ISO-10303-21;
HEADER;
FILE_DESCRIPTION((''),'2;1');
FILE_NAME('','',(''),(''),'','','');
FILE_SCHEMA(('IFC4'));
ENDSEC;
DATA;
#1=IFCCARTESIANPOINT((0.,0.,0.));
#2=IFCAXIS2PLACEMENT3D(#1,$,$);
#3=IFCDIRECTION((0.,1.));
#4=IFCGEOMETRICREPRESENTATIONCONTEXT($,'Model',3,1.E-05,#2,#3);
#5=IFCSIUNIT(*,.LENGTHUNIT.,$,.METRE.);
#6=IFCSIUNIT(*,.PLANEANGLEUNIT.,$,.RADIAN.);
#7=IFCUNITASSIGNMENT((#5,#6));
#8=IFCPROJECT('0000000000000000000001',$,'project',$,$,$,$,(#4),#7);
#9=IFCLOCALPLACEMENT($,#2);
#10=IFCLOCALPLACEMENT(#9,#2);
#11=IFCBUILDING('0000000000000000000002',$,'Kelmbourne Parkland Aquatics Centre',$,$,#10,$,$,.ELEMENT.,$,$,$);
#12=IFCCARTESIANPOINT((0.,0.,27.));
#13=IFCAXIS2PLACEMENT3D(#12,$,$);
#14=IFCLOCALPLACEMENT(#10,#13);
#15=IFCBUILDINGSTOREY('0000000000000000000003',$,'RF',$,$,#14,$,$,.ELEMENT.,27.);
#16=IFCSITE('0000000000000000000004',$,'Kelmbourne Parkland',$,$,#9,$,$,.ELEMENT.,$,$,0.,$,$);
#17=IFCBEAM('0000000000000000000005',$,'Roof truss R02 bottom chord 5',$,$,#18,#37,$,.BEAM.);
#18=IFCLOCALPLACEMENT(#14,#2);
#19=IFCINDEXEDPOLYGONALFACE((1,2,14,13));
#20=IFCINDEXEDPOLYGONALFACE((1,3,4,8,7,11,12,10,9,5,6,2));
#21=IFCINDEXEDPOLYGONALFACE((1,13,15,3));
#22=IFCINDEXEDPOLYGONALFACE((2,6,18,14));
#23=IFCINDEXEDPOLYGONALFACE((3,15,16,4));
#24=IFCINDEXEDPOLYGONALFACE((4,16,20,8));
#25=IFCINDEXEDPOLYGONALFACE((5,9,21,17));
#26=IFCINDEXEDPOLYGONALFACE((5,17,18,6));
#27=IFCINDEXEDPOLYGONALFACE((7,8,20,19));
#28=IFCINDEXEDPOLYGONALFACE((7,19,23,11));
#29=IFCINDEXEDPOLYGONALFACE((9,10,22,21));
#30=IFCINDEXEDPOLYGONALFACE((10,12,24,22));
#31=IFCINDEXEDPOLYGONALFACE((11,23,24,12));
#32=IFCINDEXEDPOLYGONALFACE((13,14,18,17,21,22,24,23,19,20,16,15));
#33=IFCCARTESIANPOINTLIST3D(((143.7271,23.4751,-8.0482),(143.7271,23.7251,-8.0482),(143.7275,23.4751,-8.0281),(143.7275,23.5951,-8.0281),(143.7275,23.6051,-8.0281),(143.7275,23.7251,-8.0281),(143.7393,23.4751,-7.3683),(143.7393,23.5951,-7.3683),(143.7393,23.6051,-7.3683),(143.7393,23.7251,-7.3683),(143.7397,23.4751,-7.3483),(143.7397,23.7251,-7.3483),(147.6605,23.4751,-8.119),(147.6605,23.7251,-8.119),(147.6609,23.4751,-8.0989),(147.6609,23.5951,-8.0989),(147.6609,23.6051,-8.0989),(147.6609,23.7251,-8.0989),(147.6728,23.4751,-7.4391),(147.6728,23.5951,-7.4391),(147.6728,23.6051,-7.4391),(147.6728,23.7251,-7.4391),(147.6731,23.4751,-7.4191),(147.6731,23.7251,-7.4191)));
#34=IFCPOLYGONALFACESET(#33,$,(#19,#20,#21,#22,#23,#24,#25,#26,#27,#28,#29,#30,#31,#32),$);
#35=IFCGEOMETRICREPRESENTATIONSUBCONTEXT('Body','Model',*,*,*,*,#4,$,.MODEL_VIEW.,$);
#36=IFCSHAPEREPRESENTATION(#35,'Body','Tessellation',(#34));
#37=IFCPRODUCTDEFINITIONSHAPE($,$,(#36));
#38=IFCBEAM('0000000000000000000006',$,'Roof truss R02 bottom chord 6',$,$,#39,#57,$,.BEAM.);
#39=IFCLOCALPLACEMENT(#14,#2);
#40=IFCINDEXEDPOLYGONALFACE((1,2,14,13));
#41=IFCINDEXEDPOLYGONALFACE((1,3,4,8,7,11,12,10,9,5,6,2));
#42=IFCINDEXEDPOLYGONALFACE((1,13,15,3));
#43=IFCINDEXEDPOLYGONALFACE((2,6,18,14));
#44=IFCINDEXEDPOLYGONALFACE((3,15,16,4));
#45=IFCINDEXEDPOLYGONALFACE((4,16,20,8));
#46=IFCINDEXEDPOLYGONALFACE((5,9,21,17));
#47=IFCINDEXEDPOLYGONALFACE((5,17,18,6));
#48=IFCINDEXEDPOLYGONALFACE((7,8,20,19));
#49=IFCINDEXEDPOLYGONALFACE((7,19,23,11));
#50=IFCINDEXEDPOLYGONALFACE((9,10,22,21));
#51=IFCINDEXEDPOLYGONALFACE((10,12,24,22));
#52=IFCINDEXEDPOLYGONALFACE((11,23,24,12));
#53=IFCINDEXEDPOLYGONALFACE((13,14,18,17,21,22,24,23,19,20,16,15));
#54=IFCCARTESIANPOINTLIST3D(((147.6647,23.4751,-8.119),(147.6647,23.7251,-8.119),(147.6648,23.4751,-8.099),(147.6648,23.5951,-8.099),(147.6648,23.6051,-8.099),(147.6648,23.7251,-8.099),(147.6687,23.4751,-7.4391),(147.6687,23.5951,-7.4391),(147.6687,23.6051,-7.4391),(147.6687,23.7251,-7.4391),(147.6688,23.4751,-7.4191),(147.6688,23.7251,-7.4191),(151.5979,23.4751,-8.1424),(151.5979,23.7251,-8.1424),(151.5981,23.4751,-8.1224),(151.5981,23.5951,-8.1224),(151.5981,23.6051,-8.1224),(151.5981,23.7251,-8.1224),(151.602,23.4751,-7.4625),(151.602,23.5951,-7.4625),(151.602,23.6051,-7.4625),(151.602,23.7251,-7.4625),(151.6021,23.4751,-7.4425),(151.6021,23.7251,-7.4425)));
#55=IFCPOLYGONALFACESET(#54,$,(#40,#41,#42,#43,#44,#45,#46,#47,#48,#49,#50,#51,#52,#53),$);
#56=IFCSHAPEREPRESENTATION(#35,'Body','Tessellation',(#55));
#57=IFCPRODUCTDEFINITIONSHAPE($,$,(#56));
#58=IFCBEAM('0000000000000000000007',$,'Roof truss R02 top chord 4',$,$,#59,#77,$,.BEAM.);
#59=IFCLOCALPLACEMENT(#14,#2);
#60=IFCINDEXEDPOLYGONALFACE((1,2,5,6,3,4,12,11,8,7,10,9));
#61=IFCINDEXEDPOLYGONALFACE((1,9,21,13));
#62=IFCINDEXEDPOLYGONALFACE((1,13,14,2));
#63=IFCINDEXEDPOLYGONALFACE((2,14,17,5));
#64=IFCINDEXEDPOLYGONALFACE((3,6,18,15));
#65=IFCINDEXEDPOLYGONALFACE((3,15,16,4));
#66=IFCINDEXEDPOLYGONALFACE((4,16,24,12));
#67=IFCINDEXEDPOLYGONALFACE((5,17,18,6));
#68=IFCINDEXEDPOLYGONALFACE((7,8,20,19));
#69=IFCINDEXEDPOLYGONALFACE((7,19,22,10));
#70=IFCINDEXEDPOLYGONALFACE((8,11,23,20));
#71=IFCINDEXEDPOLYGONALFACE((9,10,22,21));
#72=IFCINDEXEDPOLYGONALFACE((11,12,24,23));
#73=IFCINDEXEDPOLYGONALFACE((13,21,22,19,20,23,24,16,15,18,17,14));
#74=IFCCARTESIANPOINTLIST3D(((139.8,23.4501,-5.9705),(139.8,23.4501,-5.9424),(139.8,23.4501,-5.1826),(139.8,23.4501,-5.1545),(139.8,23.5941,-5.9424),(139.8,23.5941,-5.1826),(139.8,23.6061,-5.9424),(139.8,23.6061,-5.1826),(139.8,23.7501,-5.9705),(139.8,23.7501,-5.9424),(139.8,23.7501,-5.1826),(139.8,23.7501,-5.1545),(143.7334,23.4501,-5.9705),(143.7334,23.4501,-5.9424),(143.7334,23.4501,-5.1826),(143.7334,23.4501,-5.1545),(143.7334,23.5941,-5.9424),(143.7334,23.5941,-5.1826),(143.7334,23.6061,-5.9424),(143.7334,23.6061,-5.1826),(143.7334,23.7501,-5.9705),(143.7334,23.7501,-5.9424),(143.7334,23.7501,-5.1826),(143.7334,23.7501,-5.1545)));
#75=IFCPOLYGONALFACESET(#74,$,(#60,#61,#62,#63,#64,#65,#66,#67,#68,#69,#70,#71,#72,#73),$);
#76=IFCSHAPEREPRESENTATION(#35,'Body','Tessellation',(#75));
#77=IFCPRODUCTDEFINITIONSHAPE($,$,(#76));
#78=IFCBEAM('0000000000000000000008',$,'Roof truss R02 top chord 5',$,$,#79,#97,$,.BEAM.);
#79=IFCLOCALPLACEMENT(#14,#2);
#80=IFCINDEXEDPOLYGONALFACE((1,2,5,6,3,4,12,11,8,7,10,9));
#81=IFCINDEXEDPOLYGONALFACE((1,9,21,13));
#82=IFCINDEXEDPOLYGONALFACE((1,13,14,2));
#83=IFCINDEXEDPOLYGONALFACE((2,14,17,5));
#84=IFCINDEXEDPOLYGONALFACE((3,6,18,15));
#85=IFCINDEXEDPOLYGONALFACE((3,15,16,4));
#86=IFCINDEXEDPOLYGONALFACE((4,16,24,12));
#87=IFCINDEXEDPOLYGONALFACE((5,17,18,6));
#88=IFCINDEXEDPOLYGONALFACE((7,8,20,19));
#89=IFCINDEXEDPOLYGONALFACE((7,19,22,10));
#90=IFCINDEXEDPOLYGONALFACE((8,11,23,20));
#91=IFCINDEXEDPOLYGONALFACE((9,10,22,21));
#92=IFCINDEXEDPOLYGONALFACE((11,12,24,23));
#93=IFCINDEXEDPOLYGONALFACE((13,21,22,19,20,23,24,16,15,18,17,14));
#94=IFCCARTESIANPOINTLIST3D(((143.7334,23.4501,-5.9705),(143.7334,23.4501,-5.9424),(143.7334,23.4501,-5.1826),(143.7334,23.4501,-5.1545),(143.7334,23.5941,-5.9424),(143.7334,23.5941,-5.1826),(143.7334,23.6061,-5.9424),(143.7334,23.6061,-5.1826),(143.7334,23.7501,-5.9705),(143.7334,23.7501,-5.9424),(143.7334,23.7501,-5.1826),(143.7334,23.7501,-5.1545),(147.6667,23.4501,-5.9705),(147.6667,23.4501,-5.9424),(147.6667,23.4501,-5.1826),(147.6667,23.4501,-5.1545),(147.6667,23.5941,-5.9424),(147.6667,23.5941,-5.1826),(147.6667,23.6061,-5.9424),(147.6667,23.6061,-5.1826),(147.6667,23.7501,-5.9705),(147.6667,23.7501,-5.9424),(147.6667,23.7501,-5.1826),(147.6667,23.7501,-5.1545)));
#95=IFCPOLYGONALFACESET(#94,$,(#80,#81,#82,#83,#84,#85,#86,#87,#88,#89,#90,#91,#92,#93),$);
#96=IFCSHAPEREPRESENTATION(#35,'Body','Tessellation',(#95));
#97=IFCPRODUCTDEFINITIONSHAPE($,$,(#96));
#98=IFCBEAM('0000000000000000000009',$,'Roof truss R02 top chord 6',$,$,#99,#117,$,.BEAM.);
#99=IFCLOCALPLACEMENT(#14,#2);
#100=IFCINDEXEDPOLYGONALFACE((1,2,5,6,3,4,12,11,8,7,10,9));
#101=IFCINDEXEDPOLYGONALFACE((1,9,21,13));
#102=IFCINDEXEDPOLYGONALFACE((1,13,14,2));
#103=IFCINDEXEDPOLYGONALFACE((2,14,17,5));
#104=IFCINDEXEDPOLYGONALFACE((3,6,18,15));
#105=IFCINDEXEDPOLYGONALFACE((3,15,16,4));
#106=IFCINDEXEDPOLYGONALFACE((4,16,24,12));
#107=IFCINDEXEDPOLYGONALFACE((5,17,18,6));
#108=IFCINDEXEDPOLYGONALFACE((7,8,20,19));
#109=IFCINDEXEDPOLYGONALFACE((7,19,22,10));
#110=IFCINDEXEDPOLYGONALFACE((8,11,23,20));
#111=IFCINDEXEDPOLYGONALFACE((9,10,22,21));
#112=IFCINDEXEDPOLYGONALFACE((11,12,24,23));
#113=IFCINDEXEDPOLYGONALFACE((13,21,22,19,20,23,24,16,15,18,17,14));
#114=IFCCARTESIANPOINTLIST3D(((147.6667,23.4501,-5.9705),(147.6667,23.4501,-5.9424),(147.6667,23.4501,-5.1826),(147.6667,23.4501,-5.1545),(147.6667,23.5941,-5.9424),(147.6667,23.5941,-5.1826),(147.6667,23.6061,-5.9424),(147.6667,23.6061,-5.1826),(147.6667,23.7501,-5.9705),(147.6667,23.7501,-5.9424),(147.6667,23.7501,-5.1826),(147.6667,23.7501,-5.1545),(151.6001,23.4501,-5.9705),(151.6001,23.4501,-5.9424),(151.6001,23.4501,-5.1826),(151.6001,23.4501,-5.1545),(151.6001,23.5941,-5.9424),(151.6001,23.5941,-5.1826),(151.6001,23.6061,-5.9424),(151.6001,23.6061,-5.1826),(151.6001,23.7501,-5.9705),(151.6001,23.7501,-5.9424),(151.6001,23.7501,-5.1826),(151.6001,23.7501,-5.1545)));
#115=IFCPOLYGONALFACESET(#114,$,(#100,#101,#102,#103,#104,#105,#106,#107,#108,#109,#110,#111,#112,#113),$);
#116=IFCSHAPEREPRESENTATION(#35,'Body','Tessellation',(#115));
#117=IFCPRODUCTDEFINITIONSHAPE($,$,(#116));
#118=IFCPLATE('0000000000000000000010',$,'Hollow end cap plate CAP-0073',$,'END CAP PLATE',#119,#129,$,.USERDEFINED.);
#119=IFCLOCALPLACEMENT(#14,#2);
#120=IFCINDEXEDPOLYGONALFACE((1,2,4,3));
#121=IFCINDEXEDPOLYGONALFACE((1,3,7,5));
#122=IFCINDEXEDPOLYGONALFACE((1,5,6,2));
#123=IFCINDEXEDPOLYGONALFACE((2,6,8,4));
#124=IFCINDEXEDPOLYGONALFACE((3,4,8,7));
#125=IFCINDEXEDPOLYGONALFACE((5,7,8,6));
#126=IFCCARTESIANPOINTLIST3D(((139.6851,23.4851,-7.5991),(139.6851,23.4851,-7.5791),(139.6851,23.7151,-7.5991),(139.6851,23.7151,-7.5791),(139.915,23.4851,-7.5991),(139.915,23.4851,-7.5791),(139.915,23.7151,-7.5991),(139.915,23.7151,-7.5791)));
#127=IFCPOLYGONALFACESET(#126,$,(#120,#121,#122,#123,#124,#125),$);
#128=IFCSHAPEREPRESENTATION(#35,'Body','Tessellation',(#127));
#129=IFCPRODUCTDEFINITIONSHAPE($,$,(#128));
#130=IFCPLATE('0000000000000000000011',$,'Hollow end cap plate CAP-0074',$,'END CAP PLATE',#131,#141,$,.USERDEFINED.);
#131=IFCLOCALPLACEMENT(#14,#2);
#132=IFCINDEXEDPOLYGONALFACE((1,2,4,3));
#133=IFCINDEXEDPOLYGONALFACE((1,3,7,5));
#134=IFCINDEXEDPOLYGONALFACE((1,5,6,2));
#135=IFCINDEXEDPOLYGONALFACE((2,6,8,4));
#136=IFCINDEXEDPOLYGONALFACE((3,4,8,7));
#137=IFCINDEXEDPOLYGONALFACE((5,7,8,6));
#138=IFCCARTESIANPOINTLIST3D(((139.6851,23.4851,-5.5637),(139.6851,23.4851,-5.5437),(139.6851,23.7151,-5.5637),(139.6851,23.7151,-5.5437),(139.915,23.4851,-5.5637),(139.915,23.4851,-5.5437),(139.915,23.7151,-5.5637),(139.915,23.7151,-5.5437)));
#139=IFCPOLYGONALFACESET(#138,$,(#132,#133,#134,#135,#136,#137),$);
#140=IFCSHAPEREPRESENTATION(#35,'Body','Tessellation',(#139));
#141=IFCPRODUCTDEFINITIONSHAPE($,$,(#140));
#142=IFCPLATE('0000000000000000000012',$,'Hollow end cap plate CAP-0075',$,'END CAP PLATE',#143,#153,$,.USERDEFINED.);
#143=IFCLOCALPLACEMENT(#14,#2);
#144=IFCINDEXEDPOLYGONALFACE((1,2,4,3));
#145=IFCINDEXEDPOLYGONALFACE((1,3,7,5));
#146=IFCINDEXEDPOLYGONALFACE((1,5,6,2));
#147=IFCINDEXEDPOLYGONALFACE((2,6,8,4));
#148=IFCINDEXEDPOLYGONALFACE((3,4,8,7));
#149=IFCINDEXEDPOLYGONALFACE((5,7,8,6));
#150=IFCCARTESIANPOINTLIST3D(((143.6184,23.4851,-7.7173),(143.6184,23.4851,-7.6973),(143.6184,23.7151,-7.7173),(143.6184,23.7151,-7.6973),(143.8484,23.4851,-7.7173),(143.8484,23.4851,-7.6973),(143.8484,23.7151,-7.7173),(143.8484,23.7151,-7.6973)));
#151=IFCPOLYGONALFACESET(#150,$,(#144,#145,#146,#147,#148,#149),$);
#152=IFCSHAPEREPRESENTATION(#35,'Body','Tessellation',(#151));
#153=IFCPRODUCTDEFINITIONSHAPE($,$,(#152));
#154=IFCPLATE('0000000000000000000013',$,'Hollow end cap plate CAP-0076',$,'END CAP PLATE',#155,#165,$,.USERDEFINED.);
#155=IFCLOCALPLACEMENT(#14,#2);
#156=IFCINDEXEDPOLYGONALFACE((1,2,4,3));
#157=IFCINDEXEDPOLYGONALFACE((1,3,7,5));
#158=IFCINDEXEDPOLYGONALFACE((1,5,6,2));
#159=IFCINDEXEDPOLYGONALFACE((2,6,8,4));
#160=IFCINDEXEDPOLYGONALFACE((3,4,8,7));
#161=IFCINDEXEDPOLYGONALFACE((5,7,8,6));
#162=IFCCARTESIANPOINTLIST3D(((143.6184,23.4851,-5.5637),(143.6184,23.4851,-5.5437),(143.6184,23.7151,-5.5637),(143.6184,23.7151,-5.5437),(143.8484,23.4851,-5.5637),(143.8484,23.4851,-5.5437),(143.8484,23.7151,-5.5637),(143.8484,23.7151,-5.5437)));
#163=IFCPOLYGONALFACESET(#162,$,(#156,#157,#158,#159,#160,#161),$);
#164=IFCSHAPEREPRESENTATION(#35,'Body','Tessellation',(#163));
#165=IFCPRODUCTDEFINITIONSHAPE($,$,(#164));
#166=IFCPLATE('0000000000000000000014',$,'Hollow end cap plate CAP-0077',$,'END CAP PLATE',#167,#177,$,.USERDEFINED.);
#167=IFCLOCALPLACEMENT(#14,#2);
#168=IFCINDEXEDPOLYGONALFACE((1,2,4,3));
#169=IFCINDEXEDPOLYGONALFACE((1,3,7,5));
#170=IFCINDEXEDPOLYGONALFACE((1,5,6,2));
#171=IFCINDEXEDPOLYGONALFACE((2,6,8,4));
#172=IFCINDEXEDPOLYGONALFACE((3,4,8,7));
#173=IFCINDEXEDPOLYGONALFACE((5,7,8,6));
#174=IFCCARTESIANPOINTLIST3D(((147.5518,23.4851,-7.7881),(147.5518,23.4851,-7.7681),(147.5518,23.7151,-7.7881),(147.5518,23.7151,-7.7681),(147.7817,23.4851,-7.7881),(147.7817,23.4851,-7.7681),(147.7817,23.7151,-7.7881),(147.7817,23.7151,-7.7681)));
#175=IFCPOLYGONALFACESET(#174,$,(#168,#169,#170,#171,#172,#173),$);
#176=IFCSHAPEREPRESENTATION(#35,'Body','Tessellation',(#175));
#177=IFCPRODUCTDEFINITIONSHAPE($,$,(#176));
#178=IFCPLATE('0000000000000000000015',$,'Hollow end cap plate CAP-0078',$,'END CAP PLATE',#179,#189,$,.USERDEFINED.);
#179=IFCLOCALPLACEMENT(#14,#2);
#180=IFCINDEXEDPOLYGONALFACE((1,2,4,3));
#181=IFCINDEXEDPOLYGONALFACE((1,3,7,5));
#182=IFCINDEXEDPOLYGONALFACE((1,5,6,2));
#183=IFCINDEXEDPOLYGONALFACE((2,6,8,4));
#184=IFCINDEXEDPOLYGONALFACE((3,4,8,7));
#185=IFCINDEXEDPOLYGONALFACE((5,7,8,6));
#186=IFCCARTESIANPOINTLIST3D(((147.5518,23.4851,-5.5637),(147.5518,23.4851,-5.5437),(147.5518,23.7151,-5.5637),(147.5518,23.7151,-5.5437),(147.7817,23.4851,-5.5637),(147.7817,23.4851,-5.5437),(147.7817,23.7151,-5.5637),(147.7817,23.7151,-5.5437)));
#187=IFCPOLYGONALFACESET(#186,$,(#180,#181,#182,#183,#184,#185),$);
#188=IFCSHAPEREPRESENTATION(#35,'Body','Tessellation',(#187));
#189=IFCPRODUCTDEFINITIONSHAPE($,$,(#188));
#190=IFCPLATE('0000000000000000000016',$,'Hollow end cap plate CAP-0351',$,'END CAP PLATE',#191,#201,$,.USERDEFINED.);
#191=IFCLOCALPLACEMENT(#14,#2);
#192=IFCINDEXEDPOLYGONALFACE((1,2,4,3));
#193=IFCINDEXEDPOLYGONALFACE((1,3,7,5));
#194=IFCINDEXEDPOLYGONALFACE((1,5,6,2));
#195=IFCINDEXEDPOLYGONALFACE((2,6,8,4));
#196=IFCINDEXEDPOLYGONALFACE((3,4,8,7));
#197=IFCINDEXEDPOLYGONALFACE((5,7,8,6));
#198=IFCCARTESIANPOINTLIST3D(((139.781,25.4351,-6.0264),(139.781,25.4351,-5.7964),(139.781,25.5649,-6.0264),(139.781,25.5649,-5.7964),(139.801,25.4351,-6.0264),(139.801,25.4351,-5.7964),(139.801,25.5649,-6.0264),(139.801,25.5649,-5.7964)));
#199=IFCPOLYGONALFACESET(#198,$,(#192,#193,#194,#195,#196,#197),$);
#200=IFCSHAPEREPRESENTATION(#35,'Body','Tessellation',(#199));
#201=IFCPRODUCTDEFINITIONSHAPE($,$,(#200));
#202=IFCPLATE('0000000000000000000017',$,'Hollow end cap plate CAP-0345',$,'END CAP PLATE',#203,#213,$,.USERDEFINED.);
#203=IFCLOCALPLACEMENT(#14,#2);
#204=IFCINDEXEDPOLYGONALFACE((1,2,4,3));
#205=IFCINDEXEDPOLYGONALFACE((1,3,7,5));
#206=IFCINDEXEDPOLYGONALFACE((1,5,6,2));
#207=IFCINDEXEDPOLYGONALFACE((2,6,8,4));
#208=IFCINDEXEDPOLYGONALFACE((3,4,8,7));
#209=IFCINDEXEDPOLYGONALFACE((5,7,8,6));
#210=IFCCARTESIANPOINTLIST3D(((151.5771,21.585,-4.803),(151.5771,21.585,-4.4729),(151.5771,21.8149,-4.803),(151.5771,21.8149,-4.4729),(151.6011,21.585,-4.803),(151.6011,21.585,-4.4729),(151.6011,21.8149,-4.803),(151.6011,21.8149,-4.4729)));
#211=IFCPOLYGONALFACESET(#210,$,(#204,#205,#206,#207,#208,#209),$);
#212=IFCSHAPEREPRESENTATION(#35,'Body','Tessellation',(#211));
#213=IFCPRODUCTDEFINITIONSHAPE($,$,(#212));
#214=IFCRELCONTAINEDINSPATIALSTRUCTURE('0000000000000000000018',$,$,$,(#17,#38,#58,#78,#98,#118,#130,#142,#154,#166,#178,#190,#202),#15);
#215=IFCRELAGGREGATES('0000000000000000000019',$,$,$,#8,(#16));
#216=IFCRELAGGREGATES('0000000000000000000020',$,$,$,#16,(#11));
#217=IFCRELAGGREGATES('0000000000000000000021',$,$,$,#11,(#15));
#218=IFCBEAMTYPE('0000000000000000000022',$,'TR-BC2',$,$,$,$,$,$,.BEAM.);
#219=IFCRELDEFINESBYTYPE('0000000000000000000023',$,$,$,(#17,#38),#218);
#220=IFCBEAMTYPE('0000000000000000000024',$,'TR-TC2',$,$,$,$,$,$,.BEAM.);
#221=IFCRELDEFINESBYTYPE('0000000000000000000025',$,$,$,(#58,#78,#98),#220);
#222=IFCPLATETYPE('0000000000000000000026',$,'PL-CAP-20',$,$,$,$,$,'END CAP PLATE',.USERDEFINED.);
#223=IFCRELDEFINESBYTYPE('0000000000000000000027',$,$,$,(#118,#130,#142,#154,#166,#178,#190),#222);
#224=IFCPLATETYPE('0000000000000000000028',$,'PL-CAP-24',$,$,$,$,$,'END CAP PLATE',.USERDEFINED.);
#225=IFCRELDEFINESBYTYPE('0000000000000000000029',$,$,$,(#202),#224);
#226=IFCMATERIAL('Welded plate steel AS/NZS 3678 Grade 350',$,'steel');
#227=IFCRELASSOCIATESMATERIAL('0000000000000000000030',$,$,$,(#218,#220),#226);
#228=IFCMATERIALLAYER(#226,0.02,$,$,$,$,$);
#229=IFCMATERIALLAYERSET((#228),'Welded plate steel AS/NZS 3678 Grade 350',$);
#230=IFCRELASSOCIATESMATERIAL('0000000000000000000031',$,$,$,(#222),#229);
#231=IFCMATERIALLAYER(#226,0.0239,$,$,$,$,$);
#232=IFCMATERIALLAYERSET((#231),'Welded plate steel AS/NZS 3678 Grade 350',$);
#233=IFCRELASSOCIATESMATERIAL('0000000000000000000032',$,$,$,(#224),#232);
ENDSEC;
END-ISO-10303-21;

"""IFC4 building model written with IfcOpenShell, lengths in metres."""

from ifc_helpers import new_model, si_unit, direction, frame, origin, origin_2d, place, context, subcontext, project, spatial, rectangle, i_section, extrude, material, layer, layer_set, material_profile, profile_set, type_object, element, save


model = new_model("IFC4")

# Units and contexts
model_context = context("Model", 3, precision=1e-05, world=origin(), true_north=direction((0.0, 1.0)))
body_context = subcontext(model_context, "Body", "Model", "MODEL_VIEW")
ifc_project = project(units=[si_unit("LENGTHUNIT", "METRE"), si_unit("PLANEANGLEUNIT", "RADIAN")], contexts=[model_context])

# Site, building, storey
site_placement = place(None, origin())
site = spatial("IfcSite", under=ifc_project, at=site_placement, Name="Kelmbourne Parkland", CompositionType="ELEMENT", RefElevation=0.0)
building_placement = place(site_placement, origin())
building = spatial("IfcBuilding", under=site, at=building_placement, Name="Kelmbourne Parkland Aquatics Centre", CompositionType="ELEMENT")
storey_placement = place(building_placement, frame((0.0, 0.0, 27.0)))
storey = spatial("IfcBuildingStorey", under=building, at=storey_placement, Name="RF", CompositionType="ELEMENT", Elevation=27.0)

# Beams
ifc_material_1 = material(Name="Welded plate steel AS/NZS 3678 Grade 350", Category="steel")
ifc_material_profile_1 = material_profile(ifc_material_1, i_section(OverallWidth=0.25, OverallDepth=0.7, WebThickness=0.01, FlangeThickness=0.02, at=origin_2d()), Name="700WB130")
ifc_profile_set_1 = profile_set([ifc_material_profile_1], Name="Welded plate steel AS/NZS 3678 Grade 350")
beam_type_1 = type_object("IfcBeamType", Name="TR-BC2", PredefinedType="BEAM", material=ifc_profile_set_1)
beam_1_placement = place(storey_placement, frame((143.7334, 23.6001, -7.6982), z_axis=(0.999838, 0.0, -0.017997), x_axis=(0.0, 1.0, 0.0)))
element("IfcBeam", 1, at=beam_1_placement, inside=storey, type_object=beam_type_1, Name="Roof truss R02 bottom chord 5", PredefinedType="BEAM", context=body_context, shape_type="SweptSolid", body=[
    extrude(i_section(OverallWidth=0.25, OverallDepth=0.7, WebThickness=0.01, FlangeThickness=0.02, at=origin_2d()), origin(), (0.0, 0.0, 1.0), 3.9341),
])
beam_2_placement = place(storey_placement, frame((147.6667, 23.6001, -7.769), z_axis=(0.999982, 0.0, -0.005959), x_axis=(0.0, 1.0, 0.0)))
element("IfcBeam", 2, at=beam_2_placement, inside=storey, type_object=beam_type_1, Name="Roof truss R02 bottom chord 6", PredefinedType="BEAM", context=body_context, shape_type="SweptSolid", body=[
    extrude(i_section(OverallWidth=0.25, OverallDepth=0.7, WebThickness=0.01, FlangeThickness=0.02, at=origin_2d()), origin(), (0.0, 0.0, 1.0), 3.9333),
])
ifc_material_profile_2 = material_profile(ifc_material_1, i_section(OverallWidth=0.3, OverallDepth=0.8159, WebThickness=0.012, FlangeThickness=0.0281, at=origin_2d()), Name="800WB192")
ifc_profile_set_2 = profile_set([ifc_material_profile_2], Name="Welded plate steel AS/NZS 3678 Grade 350")
beam_type_2 = type_object("IfcBeamType", Name="TR-TC2", PredefinedType="BEAM", material=ifc_profile_set_2)
for number, where, z_axis, x_axis, name in (
    (3, (139.8, 23.6001, -5.5625), (1.0, 0.0, 0.0), (0.0, 1.0, 0.0), "Roof truss R02 top chord 4"),
    (4, (143.7334, 23.6001, -5.5625), (1.0, 0.0, 0.0), (0.0, 1.0, 0.0), "Roof truss R02 top chord 5"),
    (5, (147.6667, 23.6001, -5.5625), (1.0, 0.0, 0.0), (0.0, 1.0, 0.0), "Roof truss R02 top chord 6"),
):
    element("IfcBeam", number, at=place(storey_placement, frame(where, z_axis=z_axis, x_axis=x_axis)), inside=storey, type_object=beam_type_2, Name=name, PredefinedType="BEAM", context=body_context, shape_type="SweptSolid", body=[
        extrude(i_section(OverallWidth=0.3, OverallDepth=0.8159, WebThickness=0.012, FlangeThickness=0.0281, at=origin_2d()), origin(), (0.0, 0.0, 1.0), 3.9333),
    ])

# Plates
ifc_layer_1 = layer(ifc_material_1, 0.02)
ifc_layer_set_1 = layer_set([ifc_layer_1], Name="Welded plate steel AS/NZS 3678 Grade 350")
plate_type_1 = type_object("IfcPlateType", Name="PL-CAP-20", ElementType="END CAP PLATE", PredefinedType="USERDEFINED", material=ifc_layer_set_1)
for number, where, z_axis, x_axis, name in (
    (6, (139.8, 23.6001, -7.5991), (0.0, 0.0, 1.0), (1.0, 0.0, 0.0), "Hollow end cap plate CAP-0073"),
    (7, (139.8, 23.6001, -5.5637), (0.0, 0.0, 1.0), (1.0, 0.0, 0.0), "Hollow end cap plate CAP-0074"),
    (8, (143.7334, 23.6001, -7.7173), (0.0, 0.0, 1.0), (1.0, 0.0, 0.0), "Hollow end cap plate CAP-0075"),
    (9, (143.7334, 23.6001, -5.5637), (0.0, 0.0, 1.0), (1.0, 0.0, 0.0), "Hollow end cap plate CAP-0076"),
    (10, (147.6667, 23.6001, -7.7881), (0.0, 0.0, 1.0), (1.0, 0.0, 0.0), "Hollow end cap plate CAP-0077"),
    (11, (147.6667, 23.6001, -5.5637), (0.0, 0.0, 1.0), (1.0, 0.0, 0.0), "Hollow end cap plate CAP-0078"),
):
    element("IfcPlate", number, at=place(storey_placement, frame(where, z_axis=z_axis, x_axis=x_axis)), inside=storey, type_object=plate_type_1, Name=name, ObjectType="END CAP PLATE", PredefinedType="USERDEFINED", context=body_context, shape_type="SweptSolid", body=[
        extrude(rectangle(XDim=0.23, YDim=0.23, at=origin_2d()), origin(), (0.0, 0.0, 1.0), 0.02),
    ])
plate_1_placement = place(storey_placement, frame((139.791, 25.5, -6.0264), z_axis=(0.0, 0.0, 1.0), x_axis=(-1.0, 0.0, 0.0)))
element("IfcPlate", 12, at=plate_1_placement, inside=storey, type_object=plate_type_1, Name="Hollow end cap plate CAP-0351", ObjectType="END CAP PLATE", PredefinedType="USERDEFINED", context=body_context, shape_type="SweptSolid", body=[
    extrude(rectangle(XDim=0.02, YDim=0.1299, at=origin_2d()), origin(), (0.0, 0.0, 1.0), 0.23),
])
ifc_layer_2 = layer(ifc_material_1, 0.0239)
ifc_layer_set_2 = layer_set([ifc_layer_2], Name="Welded plate steel AS/NZS 3678 Grade 350")
plate_type_2 = type_object("IfcPlateType", Name="PL-CAP-24", ElementType="END CAP PLATE", PredefinedType="USERDEFINED", material=ifc_layer_set_2)
plate_2_placement = place(storey_placement, frame((151.5891, 21.7, -4.803), z_axis=(0.0, 0.0, 1.0), x_axis=(-1.0, 0.0, 0.0)))
element("IfcPlate", 13, at=plate_2_placement, inside=storey, type_object=plate_type_2, Name="Hollow end cap plate CAP-0345", ObjectType="END CAP PLATE", PredefinedType="USERDEFINED", context=body_context, shape_type="SweptSolid", body=[
    extrude(rectangle(XDim=0.0239, YDim=0.23, at=origin_2d()), origin(), (0.0, 0.0, 1.0), 0.3301),
])

save(model, "model.ifc")
